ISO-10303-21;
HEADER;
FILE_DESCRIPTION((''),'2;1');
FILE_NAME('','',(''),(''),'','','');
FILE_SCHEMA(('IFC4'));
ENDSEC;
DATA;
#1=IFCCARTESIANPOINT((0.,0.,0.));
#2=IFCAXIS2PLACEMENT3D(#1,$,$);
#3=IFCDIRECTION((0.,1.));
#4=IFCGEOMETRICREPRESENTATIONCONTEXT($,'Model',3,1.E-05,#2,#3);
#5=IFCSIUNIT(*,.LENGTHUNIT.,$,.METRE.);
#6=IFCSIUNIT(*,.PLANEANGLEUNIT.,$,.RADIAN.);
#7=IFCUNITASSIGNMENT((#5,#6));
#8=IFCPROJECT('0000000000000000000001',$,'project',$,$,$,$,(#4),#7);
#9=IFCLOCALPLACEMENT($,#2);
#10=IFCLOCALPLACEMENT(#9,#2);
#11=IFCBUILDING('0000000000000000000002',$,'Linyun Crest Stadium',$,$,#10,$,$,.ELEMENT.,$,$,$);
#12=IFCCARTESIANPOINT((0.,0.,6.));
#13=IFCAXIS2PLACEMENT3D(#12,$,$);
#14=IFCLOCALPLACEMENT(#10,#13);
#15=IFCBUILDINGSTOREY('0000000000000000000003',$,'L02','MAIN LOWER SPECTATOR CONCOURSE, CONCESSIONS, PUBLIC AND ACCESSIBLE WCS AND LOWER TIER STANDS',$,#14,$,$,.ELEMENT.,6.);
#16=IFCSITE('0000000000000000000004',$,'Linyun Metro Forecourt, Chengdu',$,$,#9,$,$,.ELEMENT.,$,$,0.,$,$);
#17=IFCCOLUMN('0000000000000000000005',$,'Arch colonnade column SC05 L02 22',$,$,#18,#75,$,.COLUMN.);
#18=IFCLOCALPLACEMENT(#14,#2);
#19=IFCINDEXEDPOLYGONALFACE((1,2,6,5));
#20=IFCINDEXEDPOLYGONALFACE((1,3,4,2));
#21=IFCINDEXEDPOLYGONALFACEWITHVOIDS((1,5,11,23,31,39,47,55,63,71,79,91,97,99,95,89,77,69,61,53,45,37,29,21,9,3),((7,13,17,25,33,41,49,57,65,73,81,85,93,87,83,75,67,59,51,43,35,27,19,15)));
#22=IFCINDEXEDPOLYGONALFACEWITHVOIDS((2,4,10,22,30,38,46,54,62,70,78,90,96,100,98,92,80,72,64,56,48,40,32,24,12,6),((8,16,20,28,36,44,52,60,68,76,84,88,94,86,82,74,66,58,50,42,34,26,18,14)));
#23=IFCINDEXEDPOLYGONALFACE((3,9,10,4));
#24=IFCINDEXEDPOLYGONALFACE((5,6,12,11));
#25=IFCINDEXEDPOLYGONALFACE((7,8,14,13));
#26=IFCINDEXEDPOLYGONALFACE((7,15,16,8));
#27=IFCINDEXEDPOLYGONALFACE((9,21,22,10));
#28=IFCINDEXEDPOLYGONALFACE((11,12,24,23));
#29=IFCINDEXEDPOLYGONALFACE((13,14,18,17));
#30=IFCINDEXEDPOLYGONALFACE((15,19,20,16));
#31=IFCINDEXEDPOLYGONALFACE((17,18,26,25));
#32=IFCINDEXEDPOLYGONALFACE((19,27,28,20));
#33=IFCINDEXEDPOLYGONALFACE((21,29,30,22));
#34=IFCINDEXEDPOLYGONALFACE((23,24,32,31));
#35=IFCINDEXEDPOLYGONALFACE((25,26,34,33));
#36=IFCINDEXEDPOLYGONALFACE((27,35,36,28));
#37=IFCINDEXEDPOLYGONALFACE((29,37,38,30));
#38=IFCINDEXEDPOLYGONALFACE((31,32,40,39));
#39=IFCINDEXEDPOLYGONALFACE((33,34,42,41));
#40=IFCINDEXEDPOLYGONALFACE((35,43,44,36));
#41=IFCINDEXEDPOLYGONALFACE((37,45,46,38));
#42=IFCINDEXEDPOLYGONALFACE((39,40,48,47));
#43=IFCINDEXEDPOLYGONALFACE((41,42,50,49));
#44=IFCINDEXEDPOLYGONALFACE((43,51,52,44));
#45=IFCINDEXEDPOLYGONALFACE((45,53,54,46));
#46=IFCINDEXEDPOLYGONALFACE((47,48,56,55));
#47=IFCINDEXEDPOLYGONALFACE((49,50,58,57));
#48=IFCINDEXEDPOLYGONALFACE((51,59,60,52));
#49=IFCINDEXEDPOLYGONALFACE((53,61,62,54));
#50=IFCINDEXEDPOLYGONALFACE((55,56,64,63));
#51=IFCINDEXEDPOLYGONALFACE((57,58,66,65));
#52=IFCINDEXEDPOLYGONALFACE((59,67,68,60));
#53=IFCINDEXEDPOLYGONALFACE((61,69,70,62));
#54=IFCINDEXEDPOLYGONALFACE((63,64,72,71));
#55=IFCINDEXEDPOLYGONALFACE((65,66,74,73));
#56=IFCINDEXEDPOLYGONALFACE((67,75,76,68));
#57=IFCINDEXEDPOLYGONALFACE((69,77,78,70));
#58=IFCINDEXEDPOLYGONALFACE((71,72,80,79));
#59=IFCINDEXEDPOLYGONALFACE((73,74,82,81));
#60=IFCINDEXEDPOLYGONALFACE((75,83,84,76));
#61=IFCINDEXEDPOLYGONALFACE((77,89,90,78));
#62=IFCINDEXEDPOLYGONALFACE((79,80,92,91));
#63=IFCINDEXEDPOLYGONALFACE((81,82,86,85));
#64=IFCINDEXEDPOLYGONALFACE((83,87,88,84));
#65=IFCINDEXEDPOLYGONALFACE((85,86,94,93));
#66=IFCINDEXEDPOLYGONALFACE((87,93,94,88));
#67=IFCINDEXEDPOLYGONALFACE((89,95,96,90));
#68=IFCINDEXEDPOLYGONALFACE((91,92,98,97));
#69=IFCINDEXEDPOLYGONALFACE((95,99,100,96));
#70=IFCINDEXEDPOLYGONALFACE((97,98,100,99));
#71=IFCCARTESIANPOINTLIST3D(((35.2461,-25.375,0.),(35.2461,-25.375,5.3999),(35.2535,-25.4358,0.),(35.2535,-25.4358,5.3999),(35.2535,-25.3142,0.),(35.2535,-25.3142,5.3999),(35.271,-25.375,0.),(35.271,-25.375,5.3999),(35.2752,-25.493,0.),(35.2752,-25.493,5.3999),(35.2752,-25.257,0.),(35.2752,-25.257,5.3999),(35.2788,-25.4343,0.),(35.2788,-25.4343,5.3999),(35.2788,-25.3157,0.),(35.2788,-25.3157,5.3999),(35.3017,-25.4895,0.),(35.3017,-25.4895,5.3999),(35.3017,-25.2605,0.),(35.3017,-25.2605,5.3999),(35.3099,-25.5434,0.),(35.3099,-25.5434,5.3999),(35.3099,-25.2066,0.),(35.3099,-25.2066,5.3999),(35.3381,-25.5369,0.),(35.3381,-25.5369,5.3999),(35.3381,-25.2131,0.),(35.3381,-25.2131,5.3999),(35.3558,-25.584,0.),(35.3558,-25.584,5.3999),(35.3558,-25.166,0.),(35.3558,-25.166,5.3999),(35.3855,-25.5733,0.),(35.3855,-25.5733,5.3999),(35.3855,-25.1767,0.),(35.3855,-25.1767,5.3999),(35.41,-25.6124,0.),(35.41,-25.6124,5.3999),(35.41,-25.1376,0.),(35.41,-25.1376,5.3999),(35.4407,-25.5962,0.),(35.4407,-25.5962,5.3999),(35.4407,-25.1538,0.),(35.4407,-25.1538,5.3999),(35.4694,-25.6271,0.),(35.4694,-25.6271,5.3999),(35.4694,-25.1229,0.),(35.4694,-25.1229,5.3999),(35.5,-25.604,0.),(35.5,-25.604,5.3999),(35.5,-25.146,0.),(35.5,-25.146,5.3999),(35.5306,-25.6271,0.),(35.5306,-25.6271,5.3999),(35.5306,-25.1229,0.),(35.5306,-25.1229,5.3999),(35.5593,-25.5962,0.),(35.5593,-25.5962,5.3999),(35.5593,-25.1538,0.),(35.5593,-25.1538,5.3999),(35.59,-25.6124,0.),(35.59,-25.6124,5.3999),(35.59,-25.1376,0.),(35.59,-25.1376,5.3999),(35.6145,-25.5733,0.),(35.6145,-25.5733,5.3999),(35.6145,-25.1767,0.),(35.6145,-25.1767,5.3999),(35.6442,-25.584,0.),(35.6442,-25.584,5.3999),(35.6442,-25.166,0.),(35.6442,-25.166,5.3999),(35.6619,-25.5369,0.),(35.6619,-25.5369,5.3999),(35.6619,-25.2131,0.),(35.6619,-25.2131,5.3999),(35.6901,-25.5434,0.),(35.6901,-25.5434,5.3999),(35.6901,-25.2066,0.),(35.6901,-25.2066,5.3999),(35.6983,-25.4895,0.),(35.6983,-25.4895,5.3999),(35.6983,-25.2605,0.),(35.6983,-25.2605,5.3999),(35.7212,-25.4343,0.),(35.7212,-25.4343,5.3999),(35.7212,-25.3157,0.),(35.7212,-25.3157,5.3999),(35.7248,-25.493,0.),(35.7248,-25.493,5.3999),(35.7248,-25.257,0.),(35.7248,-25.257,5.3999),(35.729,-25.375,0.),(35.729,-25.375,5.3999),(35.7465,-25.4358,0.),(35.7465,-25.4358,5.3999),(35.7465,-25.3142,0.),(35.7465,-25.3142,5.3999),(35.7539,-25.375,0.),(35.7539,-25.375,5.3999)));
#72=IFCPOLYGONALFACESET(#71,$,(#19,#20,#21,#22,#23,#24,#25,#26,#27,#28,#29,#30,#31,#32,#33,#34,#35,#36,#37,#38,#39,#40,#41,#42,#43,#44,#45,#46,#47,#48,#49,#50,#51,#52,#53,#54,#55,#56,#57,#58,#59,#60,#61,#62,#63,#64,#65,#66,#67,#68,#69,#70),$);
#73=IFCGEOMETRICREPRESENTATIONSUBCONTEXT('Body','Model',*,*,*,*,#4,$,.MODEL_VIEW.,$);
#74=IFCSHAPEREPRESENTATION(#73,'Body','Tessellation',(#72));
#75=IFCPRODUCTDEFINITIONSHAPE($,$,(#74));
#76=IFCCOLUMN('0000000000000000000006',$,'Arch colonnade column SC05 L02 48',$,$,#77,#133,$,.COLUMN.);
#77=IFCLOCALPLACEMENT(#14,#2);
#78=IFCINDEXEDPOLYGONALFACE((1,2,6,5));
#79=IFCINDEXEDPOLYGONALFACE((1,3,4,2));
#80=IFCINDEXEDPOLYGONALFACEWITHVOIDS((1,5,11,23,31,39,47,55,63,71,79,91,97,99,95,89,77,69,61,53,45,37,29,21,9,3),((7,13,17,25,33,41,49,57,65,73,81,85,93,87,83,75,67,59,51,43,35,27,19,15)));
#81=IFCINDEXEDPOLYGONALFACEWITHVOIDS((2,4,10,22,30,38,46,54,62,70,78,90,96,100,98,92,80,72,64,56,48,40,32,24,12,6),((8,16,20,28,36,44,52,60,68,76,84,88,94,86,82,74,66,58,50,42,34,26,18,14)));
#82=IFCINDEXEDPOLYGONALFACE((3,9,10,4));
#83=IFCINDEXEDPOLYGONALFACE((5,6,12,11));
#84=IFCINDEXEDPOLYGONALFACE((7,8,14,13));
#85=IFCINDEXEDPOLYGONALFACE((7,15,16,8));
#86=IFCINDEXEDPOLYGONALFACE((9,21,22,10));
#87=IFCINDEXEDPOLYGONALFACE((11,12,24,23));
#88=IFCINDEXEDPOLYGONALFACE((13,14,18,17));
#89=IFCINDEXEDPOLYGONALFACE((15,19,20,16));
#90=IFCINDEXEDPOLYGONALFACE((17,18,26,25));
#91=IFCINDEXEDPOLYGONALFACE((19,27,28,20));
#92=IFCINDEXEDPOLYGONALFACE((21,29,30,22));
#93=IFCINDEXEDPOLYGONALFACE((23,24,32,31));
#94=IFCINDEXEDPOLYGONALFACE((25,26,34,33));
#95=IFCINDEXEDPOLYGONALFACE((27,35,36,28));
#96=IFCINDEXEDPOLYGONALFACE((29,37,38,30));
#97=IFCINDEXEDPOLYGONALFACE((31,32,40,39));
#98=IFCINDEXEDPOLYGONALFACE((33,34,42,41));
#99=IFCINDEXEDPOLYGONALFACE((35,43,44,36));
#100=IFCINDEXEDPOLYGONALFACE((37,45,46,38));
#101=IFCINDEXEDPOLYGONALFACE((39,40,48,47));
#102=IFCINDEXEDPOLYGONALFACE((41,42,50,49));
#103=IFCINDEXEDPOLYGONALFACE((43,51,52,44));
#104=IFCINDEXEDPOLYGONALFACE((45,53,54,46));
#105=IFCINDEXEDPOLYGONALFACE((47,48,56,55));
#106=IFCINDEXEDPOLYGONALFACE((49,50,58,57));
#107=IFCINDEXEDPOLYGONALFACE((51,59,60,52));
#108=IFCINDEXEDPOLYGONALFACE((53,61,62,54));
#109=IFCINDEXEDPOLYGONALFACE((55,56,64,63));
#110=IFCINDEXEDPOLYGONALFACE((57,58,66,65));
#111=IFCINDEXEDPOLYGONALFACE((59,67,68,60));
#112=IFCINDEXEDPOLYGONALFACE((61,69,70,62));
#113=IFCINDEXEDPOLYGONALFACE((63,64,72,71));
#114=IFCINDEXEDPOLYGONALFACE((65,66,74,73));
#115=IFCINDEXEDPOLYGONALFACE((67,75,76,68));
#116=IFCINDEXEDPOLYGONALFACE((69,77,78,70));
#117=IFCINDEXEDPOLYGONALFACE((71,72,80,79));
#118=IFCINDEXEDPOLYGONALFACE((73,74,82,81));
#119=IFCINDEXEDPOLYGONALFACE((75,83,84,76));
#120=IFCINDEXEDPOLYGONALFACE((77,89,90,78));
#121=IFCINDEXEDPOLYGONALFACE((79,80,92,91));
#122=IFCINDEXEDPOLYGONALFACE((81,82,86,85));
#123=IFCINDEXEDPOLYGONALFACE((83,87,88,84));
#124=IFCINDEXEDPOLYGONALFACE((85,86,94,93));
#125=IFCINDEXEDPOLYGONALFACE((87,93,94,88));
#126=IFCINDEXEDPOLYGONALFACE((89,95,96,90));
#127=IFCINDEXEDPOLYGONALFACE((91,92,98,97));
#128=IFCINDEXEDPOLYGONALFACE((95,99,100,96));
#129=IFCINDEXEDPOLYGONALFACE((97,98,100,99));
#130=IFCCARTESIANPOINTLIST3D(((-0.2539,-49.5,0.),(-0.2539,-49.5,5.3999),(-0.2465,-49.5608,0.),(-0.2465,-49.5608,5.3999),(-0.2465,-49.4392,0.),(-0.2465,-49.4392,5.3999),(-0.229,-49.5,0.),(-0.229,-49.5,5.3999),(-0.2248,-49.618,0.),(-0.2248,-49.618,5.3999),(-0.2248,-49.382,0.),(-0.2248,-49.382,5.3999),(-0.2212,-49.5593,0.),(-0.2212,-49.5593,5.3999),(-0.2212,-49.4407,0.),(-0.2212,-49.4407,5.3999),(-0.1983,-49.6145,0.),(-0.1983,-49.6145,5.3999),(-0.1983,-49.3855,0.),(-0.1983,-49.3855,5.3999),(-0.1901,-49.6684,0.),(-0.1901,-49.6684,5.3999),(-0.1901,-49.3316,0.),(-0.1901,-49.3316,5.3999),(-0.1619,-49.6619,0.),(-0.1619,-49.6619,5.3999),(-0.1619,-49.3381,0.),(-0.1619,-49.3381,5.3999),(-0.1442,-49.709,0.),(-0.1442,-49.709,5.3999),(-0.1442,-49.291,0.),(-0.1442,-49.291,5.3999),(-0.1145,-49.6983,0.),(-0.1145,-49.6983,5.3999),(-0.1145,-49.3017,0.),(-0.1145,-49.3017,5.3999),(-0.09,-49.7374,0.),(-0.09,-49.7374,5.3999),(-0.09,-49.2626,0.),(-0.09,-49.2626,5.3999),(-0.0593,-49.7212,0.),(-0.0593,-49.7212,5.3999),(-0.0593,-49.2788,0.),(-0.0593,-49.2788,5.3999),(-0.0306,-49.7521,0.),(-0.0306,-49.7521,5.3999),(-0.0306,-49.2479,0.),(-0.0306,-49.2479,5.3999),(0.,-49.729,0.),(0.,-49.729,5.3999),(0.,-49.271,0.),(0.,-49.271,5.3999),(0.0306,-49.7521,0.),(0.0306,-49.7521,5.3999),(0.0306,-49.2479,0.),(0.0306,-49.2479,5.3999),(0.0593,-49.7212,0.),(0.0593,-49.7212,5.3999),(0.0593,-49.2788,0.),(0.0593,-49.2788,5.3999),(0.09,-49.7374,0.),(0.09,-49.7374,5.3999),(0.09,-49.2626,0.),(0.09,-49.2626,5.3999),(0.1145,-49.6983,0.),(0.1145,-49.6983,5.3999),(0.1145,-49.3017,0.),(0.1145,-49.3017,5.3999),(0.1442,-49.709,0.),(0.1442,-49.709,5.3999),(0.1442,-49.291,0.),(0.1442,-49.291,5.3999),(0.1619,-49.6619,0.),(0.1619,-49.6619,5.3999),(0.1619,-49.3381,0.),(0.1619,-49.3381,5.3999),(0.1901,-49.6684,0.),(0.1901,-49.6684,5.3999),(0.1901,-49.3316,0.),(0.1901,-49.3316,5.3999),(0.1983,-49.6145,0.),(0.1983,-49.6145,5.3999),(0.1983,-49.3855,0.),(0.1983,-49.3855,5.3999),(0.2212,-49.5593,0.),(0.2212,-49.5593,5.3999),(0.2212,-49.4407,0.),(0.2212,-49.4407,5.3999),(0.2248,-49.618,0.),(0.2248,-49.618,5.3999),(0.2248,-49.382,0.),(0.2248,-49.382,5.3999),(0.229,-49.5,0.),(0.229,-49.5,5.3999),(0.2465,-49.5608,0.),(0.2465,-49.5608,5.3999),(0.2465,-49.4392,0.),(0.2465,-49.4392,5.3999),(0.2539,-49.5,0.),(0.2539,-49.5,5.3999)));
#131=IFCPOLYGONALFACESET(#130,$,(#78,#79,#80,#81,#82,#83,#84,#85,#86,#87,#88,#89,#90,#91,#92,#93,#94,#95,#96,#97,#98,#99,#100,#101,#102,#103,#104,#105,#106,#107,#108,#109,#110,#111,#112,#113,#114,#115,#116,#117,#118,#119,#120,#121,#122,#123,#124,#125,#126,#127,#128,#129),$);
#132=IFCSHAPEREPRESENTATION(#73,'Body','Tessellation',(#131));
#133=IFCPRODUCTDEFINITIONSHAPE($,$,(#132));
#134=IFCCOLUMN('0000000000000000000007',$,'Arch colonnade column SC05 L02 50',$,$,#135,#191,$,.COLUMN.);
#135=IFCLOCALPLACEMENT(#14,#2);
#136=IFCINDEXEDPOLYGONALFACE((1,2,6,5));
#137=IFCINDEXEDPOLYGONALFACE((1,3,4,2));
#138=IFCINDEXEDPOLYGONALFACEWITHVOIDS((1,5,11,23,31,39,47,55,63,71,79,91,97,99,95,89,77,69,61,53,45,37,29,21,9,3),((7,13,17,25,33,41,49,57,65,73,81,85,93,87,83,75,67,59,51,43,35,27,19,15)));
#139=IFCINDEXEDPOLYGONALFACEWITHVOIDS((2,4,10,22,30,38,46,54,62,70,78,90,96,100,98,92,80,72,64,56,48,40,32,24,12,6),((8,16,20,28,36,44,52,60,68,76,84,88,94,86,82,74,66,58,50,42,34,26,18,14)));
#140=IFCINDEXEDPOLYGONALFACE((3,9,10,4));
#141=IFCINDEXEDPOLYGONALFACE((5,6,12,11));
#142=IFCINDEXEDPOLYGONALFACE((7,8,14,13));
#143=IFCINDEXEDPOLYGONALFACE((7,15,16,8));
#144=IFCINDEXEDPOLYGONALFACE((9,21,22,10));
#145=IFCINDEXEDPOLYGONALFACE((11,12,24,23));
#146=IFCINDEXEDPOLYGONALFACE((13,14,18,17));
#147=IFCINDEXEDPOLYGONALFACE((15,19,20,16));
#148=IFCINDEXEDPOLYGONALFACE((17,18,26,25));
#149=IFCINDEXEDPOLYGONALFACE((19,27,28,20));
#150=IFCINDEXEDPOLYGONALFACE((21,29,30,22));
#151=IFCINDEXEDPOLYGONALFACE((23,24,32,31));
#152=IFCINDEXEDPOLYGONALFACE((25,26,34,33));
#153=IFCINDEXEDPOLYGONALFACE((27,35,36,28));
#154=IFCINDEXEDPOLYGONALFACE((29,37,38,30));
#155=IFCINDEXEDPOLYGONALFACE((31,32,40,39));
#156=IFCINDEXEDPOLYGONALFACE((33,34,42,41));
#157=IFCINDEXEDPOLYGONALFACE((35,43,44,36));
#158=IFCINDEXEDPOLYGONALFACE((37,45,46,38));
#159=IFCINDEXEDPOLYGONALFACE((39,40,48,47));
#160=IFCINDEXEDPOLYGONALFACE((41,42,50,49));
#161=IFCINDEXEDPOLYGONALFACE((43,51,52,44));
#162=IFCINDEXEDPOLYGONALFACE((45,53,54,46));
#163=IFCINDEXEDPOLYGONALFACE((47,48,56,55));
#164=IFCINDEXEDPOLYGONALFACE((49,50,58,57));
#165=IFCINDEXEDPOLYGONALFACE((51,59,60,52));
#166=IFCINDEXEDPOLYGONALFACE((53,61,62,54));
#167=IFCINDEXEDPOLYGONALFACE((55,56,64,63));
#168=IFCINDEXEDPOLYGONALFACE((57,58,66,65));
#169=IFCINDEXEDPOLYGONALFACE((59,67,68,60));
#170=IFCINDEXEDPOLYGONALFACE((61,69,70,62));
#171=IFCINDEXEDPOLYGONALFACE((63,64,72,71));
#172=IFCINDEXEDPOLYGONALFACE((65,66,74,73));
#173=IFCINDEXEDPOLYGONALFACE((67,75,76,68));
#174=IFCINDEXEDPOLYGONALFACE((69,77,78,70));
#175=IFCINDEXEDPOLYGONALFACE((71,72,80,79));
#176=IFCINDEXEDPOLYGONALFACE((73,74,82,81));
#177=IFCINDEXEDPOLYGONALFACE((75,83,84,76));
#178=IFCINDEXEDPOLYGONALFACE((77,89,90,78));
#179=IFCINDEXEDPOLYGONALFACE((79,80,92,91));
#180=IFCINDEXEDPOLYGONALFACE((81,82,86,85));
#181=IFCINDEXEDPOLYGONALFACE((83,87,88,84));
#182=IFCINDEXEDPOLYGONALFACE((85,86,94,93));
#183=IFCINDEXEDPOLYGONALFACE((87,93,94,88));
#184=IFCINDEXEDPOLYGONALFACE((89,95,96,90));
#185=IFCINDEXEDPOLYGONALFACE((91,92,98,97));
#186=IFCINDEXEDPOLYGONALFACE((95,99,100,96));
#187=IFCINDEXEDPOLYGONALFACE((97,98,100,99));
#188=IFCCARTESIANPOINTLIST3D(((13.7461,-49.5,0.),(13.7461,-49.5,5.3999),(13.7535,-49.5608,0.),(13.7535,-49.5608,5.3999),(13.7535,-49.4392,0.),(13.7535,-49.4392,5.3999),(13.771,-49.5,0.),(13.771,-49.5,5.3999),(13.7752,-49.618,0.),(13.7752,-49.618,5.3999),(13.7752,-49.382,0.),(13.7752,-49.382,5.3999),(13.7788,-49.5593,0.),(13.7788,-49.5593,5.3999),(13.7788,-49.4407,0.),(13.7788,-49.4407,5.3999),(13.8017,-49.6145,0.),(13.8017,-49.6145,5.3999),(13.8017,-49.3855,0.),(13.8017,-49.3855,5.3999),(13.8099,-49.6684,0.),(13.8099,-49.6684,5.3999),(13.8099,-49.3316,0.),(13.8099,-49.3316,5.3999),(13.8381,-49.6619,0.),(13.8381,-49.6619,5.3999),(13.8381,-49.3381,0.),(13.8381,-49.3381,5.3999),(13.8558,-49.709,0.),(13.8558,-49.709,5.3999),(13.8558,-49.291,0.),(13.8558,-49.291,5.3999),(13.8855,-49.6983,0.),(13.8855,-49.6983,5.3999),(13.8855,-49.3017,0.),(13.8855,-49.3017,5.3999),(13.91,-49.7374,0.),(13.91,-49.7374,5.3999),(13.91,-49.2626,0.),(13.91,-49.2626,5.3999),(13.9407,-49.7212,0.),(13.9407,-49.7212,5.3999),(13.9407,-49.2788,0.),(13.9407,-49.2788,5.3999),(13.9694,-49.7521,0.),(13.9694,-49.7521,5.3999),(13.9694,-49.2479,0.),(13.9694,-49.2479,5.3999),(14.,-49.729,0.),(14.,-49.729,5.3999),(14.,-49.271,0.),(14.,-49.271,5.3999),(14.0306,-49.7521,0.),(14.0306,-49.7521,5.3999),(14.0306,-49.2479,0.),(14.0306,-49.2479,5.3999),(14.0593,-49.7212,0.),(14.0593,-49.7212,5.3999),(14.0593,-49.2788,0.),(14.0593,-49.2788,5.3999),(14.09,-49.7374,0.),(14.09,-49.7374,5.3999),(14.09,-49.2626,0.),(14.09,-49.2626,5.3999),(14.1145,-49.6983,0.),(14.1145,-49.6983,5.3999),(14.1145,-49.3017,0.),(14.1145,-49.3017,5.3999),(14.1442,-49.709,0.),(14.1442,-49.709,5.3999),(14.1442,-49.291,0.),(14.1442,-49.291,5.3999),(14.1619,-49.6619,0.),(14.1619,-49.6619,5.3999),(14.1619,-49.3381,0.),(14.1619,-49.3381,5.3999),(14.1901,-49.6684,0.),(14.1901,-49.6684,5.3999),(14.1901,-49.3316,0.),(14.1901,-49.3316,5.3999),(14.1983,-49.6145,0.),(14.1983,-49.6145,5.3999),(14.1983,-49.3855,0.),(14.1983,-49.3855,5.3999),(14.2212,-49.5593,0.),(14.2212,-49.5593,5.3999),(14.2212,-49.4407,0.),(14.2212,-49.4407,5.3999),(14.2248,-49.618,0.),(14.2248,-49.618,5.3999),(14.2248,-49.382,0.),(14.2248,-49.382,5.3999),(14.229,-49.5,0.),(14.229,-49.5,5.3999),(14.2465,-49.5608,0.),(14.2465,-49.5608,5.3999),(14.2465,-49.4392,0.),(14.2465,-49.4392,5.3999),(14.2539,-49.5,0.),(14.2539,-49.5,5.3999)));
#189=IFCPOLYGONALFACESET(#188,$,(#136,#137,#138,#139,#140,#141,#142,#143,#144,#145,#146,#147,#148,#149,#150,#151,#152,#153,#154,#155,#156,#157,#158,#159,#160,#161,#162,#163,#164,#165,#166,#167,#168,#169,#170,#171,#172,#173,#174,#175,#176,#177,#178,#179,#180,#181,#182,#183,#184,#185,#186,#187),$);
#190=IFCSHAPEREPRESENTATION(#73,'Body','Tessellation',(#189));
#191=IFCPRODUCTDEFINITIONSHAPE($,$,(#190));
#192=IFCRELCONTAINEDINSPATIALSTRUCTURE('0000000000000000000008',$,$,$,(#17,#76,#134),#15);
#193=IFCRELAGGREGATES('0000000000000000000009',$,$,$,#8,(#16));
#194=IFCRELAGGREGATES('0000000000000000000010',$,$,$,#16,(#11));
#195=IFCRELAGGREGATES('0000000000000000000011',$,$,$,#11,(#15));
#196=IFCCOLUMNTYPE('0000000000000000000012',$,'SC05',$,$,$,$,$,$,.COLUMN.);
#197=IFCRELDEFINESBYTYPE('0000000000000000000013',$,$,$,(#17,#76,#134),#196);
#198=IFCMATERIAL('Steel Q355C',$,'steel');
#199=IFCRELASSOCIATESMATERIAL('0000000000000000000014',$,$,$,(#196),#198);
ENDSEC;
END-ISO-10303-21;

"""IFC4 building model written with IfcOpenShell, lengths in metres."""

from ifc_helpers import new_model, si_unit, direction, frame, origin, origin_2d, place, context, subcontext, project, spatial, hollow_circle, extrude, material, material_profile, profile_set, type_object, element, save


model = new_model("IFC4")

# Units and contexts
model_context = context("Model", 3, precision=1e-05, world=origin(), true_north=direction((0.0, 1.0)))
body_context = subcontext(model_context, "Body", "Model", "MODEL_VIEW")
ifc_project = project(units=[si_unit("LENGTHUNIT", "METRE"), si_unit("PLANEANGLEUNIT", "RADIAN")], contexts=[model_context])

# Site, building, storey
site_placement = place(None, origin())
site = spatial("IfcSite", under=ifc_project, at=site_placement, Name="Linyun Metro Forecourt, Chengdu", CompositionType="ELEMENT", RefElevation=0.0)
building_placement = place(site_placement, origin())
building = spatial("IfcBuilding", under=site, at=building_placement, Name="Linyun Crest Stadium", CompositionType="ELEMENT")
storey_placement = place(building_placement, frame((0.0, 0.0, 6.0)))
storey = spatial("IfcBuildingStorey", under=building, at=storey_placement, Name="L02", Description="MAIN LOWER SPECTATOR CONCOURSE, CONCESSIONS, PUBLIC AND ACCESSIBLE WCS AND LOWER TIER STANDS", CompositionType="ELEMENT", Elevation=6.0)

# Columns
ifc_material_1 = material(Name="Steel Q355C", Category="steel")
ifc_material_profile_1 = material_profile(ifc_material_1, hollow_circle(Radius=0.2539, WallThickness=0.0249, at=origin_2d()), Name="CHS 508x25")
ifc_profile_set_1 = profile_set([ifc_material_profile_1], Name="Steel Q355C")
column_type_1 = type_object("IfcColumnType", Name="SC05", PredefinedType="COLUMN", material=ifc_profile_set_1)
for number, where, z_axis, x_axis, name in (
    (1, (35.5, -25.375, 0.0), (0.0, 0.0, 1.0), (1.0, 0.0, 0.0), "Arch colonnade column SC05 L02 22"),
    (2, (0.0, -49.5, 0.0), (0.0, 0.0, 1.0), (1.0, 0.0, 0.0), "Arch colonnade column SC05 L02 48"),
    (3, (14.0, -49.5, 0.0), (0.0, 0.0, 1.0), (1.0, 0.0, 0.0), "Arch colonnade column SC05 L02 50"),
):
    element("IfcColumn", number, at=place(storey_placement, frame(where, z_axis=z_axis, x_axis=x_axis)), inside=storey, type_object=column_type_1, Name=name, PredefinedType="COLUMN", context=body_context, shape_type="SweptSolid", body=[
        extrude(hollow_circle(Radius=0.2539, WallThickness=0.0249, at=origin_2d()), origin(), (0.0, 0.0, 1.0), 5.3999),
    ])

save(model, "model.ifc")
